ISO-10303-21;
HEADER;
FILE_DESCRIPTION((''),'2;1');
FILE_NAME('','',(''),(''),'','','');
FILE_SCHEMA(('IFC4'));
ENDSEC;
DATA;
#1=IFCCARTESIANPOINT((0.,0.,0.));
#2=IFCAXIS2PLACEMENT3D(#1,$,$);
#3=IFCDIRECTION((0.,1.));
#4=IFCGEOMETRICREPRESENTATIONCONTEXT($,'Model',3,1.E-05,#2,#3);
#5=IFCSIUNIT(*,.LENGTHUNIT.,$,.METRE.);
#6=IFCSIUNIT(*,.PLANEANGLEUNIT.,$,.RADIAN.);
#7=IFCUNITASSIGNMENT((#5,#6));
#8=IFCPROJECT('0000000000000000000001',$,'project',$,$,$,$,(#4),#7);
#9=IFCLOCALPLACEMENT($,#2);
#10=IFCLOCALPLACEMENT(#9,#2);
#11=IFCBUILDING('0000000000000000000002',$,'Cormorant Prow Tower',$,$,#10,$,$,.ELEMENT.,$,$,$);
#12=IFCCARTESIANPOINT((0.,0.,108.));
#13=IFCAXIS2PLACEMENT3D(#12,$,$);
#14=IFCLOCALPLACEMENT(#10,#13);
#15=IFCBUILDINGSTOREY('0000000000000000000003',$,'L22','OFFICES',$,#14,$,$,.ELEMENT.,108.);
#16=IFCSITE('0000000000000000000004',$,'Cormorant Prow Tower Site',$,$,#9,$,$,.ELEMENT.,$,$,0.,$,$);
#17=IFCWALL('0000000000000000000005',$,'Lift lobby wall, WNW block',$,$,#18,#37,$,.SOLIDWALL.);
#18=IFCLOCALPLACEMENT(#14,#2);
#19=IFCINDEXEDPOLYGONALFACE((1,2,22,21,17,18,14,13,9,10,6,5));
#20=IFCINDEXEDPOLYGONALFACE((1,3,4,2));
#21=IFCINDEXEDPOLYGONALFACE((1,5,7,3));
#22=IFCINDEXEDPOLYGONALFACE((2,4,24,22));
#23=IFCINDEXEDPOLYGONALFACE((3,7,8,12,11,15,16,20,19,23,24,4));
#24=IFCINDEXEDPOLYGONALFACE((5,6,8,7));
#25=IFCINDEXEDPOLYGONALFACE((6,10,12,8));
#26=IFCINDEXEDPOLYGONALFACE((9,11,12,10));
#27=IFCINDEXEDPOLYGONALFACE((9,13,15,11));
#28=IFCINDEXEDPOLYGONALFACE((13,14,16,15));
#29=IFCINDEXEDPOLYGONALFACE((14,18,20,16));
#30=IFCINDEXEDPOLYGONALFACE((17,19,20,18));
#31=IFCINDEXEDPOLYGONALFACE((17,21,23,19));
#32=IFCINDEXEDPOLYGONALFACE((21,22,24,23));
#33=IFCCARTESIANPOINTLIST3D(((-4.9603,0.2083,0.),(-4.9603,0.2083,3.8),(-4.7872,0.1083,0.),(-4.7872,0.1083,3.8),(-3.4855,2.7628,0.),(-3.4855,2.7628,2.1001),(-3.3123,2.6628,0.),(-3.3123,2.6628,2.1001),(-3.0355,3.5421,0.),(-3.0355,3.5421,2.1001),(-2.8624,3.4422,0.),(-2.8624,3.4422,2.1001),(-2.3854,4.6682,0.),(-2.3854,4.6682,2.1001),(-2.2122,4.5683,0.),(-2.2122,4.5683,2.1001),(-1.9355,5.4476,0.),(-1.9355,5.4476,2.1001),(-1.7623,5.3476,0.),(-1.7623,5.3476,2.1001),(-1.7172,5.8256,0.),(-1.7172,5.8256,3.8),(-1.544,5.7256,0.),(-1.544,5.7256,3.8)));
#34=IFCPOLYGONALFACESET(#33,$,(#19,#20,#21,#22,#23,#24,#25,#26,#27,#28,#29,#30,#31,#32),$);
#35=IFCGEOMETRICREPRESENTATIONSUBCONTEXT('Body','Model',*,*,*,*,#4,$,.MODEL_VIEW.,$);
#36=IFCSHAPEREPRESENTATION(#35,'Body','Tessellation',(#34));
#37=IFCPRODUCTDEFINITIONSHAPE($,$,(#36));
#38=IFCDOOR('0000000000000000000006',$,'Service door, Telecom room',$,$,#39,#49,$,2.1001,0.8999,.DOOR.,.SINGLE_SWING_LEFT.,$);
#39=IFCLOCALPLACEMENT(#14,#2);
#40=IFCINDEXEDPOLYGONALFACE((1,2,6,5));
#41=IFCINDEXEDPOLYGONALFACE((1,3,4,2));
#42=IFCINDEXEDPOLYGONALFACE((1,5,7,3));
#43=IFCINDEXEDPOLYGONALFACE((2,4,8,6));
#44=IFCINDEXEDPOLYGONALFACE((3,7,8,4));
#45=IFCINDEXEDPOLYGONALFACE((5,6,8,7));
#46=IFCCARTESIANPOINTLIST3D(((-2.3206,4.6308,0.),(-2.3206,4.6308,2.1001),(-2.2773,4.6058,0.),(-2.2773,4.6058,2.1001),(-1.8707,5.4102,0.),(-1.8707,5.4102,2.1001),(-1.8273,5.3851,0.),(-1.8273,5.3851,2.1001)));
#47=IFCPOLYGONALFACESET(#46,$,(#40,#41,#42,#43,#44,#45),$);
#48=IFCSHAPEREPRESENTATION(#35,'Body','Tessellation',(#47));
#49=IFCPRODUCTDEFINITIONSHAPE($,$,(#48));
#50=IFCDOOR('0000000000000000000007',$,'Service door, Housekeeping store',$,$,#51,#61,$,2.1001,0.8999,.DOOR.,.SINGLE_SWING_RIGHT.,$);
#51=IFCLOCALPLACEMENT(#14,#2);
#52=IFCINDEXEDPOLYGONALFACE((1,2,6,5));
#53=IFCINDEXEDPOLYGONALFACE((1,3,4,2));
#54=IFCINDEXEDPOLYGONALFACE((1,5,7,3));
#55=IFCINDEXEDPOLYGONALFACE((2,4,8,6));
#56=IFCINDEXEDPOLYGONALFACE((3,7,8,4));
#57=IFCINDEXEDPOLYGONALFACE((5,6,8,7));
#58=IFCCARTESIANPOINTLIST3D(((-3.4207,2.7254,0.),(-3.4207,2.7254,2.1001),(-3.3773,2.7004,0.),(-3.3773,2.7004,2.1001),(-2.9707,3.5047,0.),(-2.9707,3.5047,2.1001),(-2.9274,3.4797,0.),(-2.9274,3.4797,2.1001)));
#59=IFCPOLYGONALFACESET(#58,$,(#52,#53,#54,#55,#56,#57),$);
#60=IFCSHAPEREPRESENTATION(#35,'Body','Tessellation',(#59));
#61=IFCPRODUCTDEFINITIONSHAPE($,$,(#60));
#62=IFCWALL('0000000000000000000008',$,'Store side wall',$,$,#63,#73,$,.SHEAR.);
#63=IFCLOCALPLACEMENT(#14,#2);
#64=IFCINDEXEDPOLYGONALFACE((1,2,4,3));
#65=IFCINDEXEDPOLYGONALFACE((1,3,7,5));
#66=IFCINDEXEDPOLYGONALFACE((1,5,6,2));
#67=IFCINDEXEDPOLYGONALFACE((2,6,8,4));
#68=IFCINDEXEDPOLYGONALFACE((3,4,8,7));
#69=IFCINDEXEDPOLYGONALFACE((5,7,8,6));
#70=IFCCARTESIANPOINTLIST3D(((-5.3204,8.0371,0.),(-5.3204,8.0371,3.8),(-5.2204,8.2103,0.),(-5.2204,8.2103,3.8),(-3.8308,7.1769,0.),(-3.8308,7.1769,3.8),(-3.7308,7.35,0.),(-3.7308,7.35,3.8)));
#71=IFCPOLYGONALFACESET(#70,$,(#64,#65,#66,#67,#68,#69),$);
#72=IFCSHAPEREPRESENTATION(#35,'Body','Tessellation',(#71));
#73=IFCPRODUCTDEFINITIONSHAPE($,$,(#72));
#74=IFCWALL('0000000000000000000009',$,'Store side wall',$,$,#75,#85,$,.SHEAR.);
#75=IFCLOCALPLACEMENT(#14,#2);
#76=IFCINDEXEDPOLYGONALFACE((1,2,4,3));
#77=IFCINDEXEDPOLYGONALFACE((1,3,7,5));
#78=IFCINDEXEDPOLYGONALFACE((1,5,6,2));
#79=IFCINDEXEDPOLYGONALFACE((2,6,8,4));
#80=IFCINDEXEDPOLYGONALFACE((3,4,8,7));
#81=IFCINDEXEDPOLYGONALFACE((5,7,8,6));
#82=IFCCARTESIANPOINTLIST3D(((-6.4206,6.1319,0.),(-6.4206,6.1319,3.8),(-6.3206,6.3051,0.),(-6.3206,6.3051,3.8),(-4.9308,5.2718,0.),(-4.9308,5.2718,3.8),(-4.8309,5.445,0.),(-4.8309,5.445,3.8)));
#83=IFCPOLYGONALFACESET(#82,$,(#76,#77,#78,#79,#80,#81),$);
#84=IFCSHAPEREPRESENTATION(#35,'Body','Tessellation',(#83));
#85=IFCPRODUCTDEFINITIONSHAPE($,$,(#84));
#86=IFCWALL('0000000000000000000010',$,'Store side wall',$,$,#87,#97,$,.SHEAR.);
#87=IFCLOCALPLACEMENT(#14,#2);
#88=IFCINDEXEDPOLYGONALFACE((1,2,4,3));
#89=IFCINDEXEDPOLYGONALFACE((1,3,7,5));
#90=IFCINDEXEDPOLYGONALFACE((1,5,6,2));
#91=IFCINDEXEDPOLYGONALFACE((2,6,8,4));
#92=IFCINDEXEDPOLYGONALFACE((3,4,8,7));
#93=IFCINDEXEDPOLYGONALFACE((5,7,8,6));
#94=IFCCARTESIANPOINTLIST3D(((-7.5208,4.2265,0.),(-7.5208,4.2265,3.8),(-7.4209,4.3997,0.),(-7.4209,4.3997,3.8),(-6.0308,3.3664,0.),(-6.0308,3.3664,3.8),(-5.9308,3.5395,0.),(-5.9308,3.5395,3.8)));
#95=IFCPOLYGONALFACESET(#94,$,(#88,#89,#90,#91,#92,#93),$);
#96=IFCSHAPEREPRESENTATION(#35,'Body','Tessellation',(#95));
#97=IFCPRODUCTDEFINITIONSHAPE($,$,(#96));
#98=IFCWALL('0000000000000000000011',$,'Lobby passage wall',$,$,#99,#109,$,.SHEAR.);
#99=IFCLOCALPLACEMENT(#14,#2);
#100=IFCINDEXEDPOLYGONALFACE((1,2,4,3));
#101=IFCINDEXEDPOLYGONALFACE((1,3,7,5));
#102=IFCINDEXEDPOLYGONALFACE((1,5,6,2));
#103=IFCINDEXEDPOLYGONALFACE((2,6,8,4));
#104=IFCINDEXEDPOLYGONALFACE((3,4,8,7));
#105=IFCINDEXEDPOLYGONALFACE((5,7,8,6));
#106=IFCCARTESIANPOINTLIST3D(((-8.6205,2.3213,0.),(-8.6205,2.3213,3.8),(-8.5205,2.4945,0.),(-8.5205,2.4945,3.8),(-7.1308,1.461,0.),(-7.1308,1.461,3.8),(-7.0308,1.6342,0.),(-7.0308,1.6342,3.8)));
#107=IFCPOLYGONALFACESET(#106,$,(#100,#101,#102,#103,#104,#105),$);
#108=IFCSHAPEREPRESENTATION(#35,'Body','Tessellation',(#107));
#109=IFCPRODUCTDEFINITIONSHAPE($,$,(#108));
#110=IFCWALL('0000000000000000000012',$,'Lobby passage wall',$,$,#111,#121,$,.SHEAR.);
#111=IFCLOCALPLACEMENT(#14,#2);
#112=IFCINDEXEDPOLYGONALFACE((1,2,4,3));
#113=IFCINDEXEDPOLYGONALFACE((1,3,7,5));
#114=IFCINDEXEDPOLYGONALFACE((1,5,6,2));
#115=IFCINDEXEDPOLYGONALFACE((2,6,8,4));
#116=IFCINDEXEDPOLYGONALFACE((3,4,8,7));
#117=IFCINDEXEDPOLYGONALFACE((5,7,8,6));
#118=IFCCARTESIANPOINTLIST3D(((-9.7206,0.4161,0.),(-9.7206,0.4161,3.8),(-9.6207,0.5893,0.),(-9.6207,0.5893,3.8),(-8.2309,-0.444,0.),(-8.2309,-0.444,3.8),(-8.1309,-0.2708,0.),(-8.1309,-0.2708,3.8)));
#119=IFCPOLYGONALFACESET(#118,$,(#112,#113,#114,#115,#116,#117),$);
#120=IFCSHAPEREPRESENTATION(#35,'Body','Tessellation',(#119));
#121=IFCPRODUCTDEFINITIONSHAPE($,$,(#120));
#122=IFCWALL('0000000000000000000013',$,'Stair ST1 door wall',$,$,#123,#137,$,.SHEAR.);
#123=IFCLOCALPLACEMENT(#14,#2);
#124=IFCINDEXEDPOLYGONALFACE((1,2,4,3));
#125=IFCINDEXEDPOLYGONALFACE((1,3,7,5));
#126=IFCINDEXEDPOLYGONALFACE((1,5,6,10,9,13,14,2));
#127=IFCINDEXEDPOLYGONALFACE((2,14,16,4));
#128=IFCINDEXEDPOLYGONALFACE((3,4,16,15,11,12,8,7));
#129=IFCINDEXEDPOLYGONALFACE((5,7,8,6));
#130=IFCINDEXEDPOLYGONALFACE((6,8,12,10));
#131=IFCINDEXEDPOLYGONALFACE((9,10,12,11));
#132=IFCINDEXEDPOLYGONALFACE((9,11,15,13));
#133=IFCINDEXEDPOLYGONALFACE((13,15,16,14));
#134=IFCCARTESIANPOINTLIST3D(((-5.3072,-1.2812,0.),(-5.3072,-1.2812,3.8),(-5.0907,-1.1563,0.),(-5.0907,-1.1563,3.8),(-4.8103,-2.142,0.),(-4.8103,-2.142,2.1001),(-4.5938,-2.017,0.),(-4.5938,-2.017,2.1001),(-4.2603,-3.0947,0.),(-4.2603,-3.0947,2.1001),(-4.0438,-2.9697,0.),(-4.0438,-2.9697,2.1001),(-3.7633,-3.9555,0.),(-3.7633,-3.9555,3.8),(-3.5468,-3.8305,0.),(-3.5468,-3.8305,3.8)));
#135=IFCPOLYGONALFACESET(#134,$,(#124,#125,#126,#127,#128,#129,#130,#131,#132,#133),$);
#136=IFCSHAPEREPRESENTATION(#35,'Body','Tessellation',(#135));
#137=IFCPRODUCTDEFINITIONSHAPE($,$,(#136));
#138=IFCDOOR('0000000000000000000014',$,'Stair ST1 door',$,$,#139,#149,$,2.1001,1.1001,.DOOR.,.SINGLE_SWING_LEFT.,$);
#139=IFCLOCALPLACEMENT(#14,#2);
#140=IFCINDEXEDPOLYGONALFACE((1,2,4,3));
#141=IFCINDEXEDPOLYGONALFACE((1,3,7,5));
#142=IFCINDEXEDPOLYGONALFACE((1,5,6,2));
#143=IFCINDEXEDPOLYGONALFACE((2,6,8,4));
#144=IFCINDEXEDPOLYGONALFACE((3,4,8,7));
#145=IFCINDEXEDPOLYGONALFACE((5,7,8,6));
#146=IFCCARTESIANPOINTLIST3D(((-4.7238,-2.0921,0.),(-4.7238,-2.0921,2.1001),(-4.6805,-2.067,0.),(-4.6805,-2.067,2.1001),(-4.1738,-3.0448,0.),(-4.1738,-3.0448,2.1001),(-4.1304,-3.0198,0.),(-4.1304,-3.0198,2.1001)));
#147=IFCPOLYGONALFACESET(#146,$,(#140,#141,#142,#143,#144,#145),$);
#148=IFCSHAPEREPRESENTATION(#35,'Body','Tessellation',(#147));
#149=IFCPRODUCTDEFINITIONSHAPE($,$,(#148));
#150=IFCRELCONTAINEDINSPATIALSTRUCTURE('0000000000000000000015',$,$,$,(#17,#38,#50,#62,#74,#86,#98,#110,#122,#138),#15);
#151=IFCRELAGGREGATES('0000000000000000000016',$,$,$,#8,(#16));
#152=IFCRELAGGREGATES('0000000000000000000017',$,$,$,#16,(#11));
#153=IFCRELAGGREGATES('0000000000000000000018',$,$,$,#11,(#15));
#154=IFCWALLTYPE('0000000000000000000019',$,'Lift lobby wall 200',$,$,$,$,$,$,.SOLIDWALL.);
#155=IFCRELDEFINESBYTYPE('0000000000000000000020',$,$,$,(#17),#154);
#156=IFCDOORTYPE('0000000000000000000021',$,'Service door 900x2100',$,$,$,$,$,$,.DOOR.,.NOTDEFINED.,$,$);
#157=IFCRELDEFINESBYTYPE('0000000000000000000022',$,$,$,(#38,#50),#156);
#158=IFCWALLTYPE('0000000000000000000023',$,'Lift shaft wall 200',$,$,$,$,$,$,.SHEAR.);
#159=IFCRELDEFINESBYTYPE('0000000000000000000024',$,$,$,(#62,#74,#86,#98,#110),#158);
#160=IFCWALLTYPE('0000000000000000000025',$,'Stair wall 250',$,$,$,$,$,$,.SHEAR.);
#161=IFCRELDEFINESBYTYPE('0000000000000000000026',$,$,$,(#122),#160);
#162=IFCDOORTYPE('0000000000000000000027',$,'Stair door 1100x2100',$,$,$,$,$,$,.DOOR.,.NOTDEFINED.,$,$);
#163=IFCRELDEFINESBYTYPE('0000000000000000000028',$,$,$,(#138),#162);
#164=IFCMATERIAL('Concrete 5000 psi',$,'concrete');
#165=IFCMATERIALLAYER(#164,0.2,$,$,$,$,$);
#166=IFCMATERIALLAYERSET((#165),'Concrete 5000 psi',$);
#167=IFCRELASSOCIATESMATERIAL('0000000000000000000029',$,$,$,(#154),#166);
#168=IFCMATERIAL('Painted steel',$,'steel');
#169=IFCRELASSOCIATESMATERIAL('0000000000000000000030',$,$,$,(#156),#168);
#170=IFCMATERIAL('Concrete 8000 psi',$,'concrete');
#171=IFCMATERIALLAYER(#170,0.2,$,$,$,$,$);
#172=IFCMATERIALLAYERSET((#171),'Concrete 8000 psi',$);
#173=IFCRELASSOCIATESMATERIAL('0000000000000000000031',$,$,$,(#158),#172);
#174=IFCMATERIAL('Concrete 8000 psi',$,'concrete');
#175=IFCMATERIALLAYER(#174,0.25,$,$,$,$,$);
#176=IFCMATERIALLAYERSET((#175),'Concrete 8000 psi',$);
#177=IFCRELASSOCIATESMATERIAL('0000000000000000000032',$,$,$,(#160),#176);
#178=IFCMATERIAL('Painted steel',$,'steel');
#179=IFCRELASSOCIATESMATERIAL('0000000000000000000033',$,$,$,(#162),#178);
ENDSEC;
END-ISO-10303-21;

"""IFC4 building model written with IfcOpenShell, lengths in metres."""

from ifc_helpers import new_model, si_unit, direction, frame, frame_2d, origin, place, context, subcontext, project, spatial, rectangle, extrude, material, layer, layer_set, type_object, element, fill, save


model = new_model("IFC4")

# Units and contexts
model_context = context("Model", 3, precision=1e-05, world=origin(), true_north=direction((0.0, 1.0)))
body_context = subcontext(model_context, "Body", "Model", "MODEL_VIEW")
ifc_project = project(units=[si_unit("LENGTHUNIT", "METRE"), si_unit("PLANEANGLEUNIT", "RADIAN")], contexts=[model_context])

# Site, building, storey
site_placement = place(None, origin())
site = spatial("IfcSite", under=ifc_project, at=site_placement, Name="Cormorant Prow Tower Site", CompositionType="ELEMENT", RefElevation=0.0)
building_placement = place(site_placement, origin())
building = spatial("IfcBuilding", under=site, at=building_placement, Name="Cormorant Prow Tower", CompositionType="ELEMENT")
storey_placement = place(building_placement, frame((0.0, 0.0, 108.0)))
storey = spatial("IfcBuildingStorey", under=building, at=storey_placement, Name="L22", Description="OFFICES", CompositionType="ELEMENT", Elevation=108.0)

# Wall, openings, doors
ifc_material_1 = material(Name="Concrete 5000 psi", Category="concrete")
ifc_layer_1 = layer(ifc_material_1, 0.2)
ifc_layer_set_1 = layer_set([ifc_layer_1], Name="Concrete 5000 psi")
wall_type_1 = type_object("IfcWallType", Name="Lift lobby wall 200", PredefinedType="SOLIDWALL", material=ifc_layer_set_1)
wall_1_placement = place(storey_placement, frame((-1.6306, 5.7756, 0.0), z_axis=(0.0, 0.0, 1.0), x_axis=(-0.499993, -0.86603, 0.0)))
wall_1 = element("IfcWall", 1, at=wall_1_placement, inside=storey, type_object=wall_type_1, Name="Lift lobby wall, WNW block", PredefinedType="SOLIDWALL", context=body_context, shape_type="SweptSolid", body=[
    extrude(rectangle(XDim=6.4863, YDim=0.2, at=frame_2d((3.2432, 0.0))), origin(), (0.0, 0.0, 1.0), 3.8),
])
opening_1_placement = place(wall_1_placement, frame((0.4365, 0.0, 0.0)))
opening_1 = element("IfcOpeningElement", 2, at=opening_1_placement, cuts=wall_1, PredefinedType="OPENING", context=body_context, shape_type="SweptSolid", body=[
    extrude(rectangle(XDim=0.8999, YDim=2.1001, at=frame_2d((0.45, 1.05))), frame((0.0, 0.1099, 0.0), z_axis=(0.0, -1.0, 0.0), x_axis=(1.0, 0.0, 0.0)), (0.0, 0.0, 1.0), 0.22),
])
opening_2_placement = place(wall_1_placement, frame((2.6367, 0.0, 0.0)))
opening_2 = element("IfcOpeningElement", 3, at=opening_2_placement, cuts=wall_1, PredefinedType="OPENING", context=body_context, shape_type="SweptSolid", body=[
    extrude(rectangle(XDim=0.8999, YDim=2.1001, at=frame_2d((0.45, 1.05))), frame((0.0, 0.1099, 0.0), z_axis=(0.0, -1.0, 0.0), x_axis=(1.0, 0.0, 0.0)), (0.0, 0.0, 1.0), 0.22),
])
ifc_material_2 = material(Name="Painted steel", Category="steel")
door_type_1 = type_object("IfcDoorType", Name="Service door 900x2100", OperationType="NOTDEFINED", PredefinedType="DOOR", material=ifc_material_2)
door_1_placement = place(opening_1_placement, origin())
door_1 = element("IfcDoor", 4, at=door_1_placement, inside=storey, type_object=door_type_1, Name="Service door, Telecom room", OperationType="SINGLE_SWING_LEFT", OverallHeight=2.1001, OverallWidth=0.8999, PredefinedType="DOOR", context=body_context, shape_type="SweptSolid", body=[
    extrude(rectangle(XDim=0.8999, YDim=2.1001, at=frame_2d((0.45, 1.05))), frame((0.0, 0.0249, 0.0), z_axis=(0.0, -1.0, 0.0), x_axis=(1.0, 0.0, 0.0)), (0.0, 0.0, 1.0), 0.05),
])
fill(opening_1, door_1)
door_2_placement = place(opening_2_placement, origin())
door_2 = element("IfcDoor", 5, at=door_2_placement, inside=storey, type_object=door_type_1, Name="Service door, Housekeeping store", OperationType="SINGLE_SWING_RIGHT", OverallHeight=2.1001, OverallWidth=0.8999, PredefinedType="DOOR", context=body_context, shape_type="SweptSolid", body=[
    extrude(rectangle(XDim=0.8999, YDim=2.1001, at=frame_2d((0.45, 1.05))), frame((0.0, 0.0249, 0.0), z_axis=(0.0, -1.0, 0.0), x_axis=(1.0, 0.0, 0.0)), (0.0, 0.0, 1.0), 0.05),
])
fill(opening_2, door_2)

# Walls
ifc_material_3 = material(Name="Concrete 8000 psi", Category="concrete")
ifc_layer_2 = layer(ifc_material_3, 0.2)
ifc_layer_set_2 = layer_set([ifc_layer_2], Name="Concrete 8000 psi")
wall_type_2 = type_object("IfcWallType", Name="Lift shaft wall 200", PredefinedType="SHEAR", material=ifc_layer_set_2)
for number, where, z_axis, x_axis, name in (
    (6, (-3.7808, 7.2634, 0.0), (0.0, 0.0, 1.0), (-0.865963, 0.500107, 0.0), "Store side wall"),
    (7, (-4.8809, 5.3584, 0.0), (0.0, 0.0, 1.0), (-0.866025, 0.500001, 0.0), "Store side wall"),
):
    element("IfcWall", number, at=place(storey_placement, frame(where, z_axis=z_axis, x_axis=x_axis)), inside=storey, type_object=wall_type_2, Name=name, PredefinedType="SHEAR", context=body_context, shape_type="SweptSolid", body=[
        extrude(rectangle(XDim=1.7202, YDim=0.2, at=frame_2d((0.8601, 0.0))), origin(), (0.0, 0.0, 1.0), 3.8),
    ])
wall_2_placement = place(storey_placement, frame((-5.9807, 3.4529, 0.0), z_axis=(0.0, 0.0, 1.0), x_axis=(-0.86606, 0.499939, 0.0)))
element("IfcWall", 8, at=wall_2_placement, inside=storey, type_object=wall_type_2, Name="Store side wall", PredefinedType="SHEAR", context=body_context, shape_type="SweptSolid", body=[
    extrude(rectangle(XDim=1.7205, YDim=0.2, at=frame_2d((0.8604, 0.0))), origin(), (0.0, 0.0, 1.0), 3.8),
])
for number, where, z_axis, x_axis, name in (
    (9, (-7.0808, 1.5476, 0.0), (0.0, 0.0, 1.0), (-0.865963, 0.500107, 0.0), "Lobby passage wall"),
    (10, (-8.1809, -0.3574, 0.0), (0.0, 0.0, 1.0), (-0.866025, 0.500001, 0.0), "Lobby passage wall"),
):
    element("IfcWall", number, at=place(storey_placement, frame(where, z_axis=z_axis, x_axis=x_axis)), inside=storey, type_object=wall_type_2, Name=name, PredefinedType="SHEAR", context=body_context, shape_type="SweptSolid", body=[
        extrude(rectangle(XDim=1.7202, YDim=0.2, at=frame_2d((0.8601, 0.0))), origin(), (0.0, 0.0, 1.0), 3.8),
    ])

# Wall, opening, door
ifc_material_4 = material(Name="Concrete 8000 psi", Category="concrete")
ifc_layer_3 = layer(ifc_material_4, 0.25)
ifc_layer_set_3 = layer_set([ifc_layer_3], Name="Concrete 8000 psi")
wall_type_3 = type_object("IfcWallType", Name="Stair wall 250", PredefinedType="SHEAR", material=ifc_layer_set_3)
wall_3_placement = place(storey_placement, frame((-5.199, -1.2188, 0.0), z_axis=(0.0, 0.0, 1.0), x_axis=(0.499983, -0.866035, 0.0)))
wall_3 = element("IfcWall", 11, at=wall_3_placement, inside=storey, type_object=wall_type_3, Name="Stair ST1 door wall", PredefinedType="SHEAR", context=body_context, shape_type="SweptSolid", body=[
    extrude(rectangle(XDim=3.0879, YDim=0.25, at=frame_2d((1.5439, 0.0))), origin(), (0.0, 0.0, 1.0), 3.8),
])
opening_3_placement = place(wall_3_placement, frame((0.9939, 0.0, 0.0)))
opening_3 = element("IfcOpeningElement", 12, at=opening_3_placement, cuts=wall_3, PredefinedType="OPENING", context=body_context, shape_type="SweptSolid", body=[
    extrude(rectangle(XDim=1.1001, YDim=2.1001, at=frame_2d((0.55, 1.05))), frame((0.0, 0.135, 0.0), z_axis=(0.0, -1.0, 0.0), x_axis=(1.0, 0.0, 0.0)), (0.0, 0.0, 1.0), 0.27),
])
ifc_material_5 = material(Name="Painted steel", Category="steel")
door_type_2 = type_object("IfcDoorType", Name="Stair door 1100x2100", OperationType="NOTDEFINED", PredefinedType="DOOR", material=ifc_material_5)
door_3_placement = place(opening_3_placement, origin())
door_3 = element("IfcDoor", 13, at=door_3_placement, inside=storey, type_object=door_type_2, Name="Stair ST1 door", OperationType="SINGLE_SWING_LEFT", OverallHeight=2.1001, OverallWidth=1.1001, PredefinedType="DOOR", context=body_context, shape_type="SweptSolid", body=[
    extrude(rectangle(XDim=1.1001, YDim=2.1001, at=frame_2d((0.55, 1.05))), frame((0.0, 0.0249, 0.0), z_axis=(0.0, -1.0, 0.0), x_axis=(1.0, 0.0, 0.0)), (0.0, 0.0, 1.0), 0.05),
])
fill(opening_3, door_3)

save(model, "model.ifc")
